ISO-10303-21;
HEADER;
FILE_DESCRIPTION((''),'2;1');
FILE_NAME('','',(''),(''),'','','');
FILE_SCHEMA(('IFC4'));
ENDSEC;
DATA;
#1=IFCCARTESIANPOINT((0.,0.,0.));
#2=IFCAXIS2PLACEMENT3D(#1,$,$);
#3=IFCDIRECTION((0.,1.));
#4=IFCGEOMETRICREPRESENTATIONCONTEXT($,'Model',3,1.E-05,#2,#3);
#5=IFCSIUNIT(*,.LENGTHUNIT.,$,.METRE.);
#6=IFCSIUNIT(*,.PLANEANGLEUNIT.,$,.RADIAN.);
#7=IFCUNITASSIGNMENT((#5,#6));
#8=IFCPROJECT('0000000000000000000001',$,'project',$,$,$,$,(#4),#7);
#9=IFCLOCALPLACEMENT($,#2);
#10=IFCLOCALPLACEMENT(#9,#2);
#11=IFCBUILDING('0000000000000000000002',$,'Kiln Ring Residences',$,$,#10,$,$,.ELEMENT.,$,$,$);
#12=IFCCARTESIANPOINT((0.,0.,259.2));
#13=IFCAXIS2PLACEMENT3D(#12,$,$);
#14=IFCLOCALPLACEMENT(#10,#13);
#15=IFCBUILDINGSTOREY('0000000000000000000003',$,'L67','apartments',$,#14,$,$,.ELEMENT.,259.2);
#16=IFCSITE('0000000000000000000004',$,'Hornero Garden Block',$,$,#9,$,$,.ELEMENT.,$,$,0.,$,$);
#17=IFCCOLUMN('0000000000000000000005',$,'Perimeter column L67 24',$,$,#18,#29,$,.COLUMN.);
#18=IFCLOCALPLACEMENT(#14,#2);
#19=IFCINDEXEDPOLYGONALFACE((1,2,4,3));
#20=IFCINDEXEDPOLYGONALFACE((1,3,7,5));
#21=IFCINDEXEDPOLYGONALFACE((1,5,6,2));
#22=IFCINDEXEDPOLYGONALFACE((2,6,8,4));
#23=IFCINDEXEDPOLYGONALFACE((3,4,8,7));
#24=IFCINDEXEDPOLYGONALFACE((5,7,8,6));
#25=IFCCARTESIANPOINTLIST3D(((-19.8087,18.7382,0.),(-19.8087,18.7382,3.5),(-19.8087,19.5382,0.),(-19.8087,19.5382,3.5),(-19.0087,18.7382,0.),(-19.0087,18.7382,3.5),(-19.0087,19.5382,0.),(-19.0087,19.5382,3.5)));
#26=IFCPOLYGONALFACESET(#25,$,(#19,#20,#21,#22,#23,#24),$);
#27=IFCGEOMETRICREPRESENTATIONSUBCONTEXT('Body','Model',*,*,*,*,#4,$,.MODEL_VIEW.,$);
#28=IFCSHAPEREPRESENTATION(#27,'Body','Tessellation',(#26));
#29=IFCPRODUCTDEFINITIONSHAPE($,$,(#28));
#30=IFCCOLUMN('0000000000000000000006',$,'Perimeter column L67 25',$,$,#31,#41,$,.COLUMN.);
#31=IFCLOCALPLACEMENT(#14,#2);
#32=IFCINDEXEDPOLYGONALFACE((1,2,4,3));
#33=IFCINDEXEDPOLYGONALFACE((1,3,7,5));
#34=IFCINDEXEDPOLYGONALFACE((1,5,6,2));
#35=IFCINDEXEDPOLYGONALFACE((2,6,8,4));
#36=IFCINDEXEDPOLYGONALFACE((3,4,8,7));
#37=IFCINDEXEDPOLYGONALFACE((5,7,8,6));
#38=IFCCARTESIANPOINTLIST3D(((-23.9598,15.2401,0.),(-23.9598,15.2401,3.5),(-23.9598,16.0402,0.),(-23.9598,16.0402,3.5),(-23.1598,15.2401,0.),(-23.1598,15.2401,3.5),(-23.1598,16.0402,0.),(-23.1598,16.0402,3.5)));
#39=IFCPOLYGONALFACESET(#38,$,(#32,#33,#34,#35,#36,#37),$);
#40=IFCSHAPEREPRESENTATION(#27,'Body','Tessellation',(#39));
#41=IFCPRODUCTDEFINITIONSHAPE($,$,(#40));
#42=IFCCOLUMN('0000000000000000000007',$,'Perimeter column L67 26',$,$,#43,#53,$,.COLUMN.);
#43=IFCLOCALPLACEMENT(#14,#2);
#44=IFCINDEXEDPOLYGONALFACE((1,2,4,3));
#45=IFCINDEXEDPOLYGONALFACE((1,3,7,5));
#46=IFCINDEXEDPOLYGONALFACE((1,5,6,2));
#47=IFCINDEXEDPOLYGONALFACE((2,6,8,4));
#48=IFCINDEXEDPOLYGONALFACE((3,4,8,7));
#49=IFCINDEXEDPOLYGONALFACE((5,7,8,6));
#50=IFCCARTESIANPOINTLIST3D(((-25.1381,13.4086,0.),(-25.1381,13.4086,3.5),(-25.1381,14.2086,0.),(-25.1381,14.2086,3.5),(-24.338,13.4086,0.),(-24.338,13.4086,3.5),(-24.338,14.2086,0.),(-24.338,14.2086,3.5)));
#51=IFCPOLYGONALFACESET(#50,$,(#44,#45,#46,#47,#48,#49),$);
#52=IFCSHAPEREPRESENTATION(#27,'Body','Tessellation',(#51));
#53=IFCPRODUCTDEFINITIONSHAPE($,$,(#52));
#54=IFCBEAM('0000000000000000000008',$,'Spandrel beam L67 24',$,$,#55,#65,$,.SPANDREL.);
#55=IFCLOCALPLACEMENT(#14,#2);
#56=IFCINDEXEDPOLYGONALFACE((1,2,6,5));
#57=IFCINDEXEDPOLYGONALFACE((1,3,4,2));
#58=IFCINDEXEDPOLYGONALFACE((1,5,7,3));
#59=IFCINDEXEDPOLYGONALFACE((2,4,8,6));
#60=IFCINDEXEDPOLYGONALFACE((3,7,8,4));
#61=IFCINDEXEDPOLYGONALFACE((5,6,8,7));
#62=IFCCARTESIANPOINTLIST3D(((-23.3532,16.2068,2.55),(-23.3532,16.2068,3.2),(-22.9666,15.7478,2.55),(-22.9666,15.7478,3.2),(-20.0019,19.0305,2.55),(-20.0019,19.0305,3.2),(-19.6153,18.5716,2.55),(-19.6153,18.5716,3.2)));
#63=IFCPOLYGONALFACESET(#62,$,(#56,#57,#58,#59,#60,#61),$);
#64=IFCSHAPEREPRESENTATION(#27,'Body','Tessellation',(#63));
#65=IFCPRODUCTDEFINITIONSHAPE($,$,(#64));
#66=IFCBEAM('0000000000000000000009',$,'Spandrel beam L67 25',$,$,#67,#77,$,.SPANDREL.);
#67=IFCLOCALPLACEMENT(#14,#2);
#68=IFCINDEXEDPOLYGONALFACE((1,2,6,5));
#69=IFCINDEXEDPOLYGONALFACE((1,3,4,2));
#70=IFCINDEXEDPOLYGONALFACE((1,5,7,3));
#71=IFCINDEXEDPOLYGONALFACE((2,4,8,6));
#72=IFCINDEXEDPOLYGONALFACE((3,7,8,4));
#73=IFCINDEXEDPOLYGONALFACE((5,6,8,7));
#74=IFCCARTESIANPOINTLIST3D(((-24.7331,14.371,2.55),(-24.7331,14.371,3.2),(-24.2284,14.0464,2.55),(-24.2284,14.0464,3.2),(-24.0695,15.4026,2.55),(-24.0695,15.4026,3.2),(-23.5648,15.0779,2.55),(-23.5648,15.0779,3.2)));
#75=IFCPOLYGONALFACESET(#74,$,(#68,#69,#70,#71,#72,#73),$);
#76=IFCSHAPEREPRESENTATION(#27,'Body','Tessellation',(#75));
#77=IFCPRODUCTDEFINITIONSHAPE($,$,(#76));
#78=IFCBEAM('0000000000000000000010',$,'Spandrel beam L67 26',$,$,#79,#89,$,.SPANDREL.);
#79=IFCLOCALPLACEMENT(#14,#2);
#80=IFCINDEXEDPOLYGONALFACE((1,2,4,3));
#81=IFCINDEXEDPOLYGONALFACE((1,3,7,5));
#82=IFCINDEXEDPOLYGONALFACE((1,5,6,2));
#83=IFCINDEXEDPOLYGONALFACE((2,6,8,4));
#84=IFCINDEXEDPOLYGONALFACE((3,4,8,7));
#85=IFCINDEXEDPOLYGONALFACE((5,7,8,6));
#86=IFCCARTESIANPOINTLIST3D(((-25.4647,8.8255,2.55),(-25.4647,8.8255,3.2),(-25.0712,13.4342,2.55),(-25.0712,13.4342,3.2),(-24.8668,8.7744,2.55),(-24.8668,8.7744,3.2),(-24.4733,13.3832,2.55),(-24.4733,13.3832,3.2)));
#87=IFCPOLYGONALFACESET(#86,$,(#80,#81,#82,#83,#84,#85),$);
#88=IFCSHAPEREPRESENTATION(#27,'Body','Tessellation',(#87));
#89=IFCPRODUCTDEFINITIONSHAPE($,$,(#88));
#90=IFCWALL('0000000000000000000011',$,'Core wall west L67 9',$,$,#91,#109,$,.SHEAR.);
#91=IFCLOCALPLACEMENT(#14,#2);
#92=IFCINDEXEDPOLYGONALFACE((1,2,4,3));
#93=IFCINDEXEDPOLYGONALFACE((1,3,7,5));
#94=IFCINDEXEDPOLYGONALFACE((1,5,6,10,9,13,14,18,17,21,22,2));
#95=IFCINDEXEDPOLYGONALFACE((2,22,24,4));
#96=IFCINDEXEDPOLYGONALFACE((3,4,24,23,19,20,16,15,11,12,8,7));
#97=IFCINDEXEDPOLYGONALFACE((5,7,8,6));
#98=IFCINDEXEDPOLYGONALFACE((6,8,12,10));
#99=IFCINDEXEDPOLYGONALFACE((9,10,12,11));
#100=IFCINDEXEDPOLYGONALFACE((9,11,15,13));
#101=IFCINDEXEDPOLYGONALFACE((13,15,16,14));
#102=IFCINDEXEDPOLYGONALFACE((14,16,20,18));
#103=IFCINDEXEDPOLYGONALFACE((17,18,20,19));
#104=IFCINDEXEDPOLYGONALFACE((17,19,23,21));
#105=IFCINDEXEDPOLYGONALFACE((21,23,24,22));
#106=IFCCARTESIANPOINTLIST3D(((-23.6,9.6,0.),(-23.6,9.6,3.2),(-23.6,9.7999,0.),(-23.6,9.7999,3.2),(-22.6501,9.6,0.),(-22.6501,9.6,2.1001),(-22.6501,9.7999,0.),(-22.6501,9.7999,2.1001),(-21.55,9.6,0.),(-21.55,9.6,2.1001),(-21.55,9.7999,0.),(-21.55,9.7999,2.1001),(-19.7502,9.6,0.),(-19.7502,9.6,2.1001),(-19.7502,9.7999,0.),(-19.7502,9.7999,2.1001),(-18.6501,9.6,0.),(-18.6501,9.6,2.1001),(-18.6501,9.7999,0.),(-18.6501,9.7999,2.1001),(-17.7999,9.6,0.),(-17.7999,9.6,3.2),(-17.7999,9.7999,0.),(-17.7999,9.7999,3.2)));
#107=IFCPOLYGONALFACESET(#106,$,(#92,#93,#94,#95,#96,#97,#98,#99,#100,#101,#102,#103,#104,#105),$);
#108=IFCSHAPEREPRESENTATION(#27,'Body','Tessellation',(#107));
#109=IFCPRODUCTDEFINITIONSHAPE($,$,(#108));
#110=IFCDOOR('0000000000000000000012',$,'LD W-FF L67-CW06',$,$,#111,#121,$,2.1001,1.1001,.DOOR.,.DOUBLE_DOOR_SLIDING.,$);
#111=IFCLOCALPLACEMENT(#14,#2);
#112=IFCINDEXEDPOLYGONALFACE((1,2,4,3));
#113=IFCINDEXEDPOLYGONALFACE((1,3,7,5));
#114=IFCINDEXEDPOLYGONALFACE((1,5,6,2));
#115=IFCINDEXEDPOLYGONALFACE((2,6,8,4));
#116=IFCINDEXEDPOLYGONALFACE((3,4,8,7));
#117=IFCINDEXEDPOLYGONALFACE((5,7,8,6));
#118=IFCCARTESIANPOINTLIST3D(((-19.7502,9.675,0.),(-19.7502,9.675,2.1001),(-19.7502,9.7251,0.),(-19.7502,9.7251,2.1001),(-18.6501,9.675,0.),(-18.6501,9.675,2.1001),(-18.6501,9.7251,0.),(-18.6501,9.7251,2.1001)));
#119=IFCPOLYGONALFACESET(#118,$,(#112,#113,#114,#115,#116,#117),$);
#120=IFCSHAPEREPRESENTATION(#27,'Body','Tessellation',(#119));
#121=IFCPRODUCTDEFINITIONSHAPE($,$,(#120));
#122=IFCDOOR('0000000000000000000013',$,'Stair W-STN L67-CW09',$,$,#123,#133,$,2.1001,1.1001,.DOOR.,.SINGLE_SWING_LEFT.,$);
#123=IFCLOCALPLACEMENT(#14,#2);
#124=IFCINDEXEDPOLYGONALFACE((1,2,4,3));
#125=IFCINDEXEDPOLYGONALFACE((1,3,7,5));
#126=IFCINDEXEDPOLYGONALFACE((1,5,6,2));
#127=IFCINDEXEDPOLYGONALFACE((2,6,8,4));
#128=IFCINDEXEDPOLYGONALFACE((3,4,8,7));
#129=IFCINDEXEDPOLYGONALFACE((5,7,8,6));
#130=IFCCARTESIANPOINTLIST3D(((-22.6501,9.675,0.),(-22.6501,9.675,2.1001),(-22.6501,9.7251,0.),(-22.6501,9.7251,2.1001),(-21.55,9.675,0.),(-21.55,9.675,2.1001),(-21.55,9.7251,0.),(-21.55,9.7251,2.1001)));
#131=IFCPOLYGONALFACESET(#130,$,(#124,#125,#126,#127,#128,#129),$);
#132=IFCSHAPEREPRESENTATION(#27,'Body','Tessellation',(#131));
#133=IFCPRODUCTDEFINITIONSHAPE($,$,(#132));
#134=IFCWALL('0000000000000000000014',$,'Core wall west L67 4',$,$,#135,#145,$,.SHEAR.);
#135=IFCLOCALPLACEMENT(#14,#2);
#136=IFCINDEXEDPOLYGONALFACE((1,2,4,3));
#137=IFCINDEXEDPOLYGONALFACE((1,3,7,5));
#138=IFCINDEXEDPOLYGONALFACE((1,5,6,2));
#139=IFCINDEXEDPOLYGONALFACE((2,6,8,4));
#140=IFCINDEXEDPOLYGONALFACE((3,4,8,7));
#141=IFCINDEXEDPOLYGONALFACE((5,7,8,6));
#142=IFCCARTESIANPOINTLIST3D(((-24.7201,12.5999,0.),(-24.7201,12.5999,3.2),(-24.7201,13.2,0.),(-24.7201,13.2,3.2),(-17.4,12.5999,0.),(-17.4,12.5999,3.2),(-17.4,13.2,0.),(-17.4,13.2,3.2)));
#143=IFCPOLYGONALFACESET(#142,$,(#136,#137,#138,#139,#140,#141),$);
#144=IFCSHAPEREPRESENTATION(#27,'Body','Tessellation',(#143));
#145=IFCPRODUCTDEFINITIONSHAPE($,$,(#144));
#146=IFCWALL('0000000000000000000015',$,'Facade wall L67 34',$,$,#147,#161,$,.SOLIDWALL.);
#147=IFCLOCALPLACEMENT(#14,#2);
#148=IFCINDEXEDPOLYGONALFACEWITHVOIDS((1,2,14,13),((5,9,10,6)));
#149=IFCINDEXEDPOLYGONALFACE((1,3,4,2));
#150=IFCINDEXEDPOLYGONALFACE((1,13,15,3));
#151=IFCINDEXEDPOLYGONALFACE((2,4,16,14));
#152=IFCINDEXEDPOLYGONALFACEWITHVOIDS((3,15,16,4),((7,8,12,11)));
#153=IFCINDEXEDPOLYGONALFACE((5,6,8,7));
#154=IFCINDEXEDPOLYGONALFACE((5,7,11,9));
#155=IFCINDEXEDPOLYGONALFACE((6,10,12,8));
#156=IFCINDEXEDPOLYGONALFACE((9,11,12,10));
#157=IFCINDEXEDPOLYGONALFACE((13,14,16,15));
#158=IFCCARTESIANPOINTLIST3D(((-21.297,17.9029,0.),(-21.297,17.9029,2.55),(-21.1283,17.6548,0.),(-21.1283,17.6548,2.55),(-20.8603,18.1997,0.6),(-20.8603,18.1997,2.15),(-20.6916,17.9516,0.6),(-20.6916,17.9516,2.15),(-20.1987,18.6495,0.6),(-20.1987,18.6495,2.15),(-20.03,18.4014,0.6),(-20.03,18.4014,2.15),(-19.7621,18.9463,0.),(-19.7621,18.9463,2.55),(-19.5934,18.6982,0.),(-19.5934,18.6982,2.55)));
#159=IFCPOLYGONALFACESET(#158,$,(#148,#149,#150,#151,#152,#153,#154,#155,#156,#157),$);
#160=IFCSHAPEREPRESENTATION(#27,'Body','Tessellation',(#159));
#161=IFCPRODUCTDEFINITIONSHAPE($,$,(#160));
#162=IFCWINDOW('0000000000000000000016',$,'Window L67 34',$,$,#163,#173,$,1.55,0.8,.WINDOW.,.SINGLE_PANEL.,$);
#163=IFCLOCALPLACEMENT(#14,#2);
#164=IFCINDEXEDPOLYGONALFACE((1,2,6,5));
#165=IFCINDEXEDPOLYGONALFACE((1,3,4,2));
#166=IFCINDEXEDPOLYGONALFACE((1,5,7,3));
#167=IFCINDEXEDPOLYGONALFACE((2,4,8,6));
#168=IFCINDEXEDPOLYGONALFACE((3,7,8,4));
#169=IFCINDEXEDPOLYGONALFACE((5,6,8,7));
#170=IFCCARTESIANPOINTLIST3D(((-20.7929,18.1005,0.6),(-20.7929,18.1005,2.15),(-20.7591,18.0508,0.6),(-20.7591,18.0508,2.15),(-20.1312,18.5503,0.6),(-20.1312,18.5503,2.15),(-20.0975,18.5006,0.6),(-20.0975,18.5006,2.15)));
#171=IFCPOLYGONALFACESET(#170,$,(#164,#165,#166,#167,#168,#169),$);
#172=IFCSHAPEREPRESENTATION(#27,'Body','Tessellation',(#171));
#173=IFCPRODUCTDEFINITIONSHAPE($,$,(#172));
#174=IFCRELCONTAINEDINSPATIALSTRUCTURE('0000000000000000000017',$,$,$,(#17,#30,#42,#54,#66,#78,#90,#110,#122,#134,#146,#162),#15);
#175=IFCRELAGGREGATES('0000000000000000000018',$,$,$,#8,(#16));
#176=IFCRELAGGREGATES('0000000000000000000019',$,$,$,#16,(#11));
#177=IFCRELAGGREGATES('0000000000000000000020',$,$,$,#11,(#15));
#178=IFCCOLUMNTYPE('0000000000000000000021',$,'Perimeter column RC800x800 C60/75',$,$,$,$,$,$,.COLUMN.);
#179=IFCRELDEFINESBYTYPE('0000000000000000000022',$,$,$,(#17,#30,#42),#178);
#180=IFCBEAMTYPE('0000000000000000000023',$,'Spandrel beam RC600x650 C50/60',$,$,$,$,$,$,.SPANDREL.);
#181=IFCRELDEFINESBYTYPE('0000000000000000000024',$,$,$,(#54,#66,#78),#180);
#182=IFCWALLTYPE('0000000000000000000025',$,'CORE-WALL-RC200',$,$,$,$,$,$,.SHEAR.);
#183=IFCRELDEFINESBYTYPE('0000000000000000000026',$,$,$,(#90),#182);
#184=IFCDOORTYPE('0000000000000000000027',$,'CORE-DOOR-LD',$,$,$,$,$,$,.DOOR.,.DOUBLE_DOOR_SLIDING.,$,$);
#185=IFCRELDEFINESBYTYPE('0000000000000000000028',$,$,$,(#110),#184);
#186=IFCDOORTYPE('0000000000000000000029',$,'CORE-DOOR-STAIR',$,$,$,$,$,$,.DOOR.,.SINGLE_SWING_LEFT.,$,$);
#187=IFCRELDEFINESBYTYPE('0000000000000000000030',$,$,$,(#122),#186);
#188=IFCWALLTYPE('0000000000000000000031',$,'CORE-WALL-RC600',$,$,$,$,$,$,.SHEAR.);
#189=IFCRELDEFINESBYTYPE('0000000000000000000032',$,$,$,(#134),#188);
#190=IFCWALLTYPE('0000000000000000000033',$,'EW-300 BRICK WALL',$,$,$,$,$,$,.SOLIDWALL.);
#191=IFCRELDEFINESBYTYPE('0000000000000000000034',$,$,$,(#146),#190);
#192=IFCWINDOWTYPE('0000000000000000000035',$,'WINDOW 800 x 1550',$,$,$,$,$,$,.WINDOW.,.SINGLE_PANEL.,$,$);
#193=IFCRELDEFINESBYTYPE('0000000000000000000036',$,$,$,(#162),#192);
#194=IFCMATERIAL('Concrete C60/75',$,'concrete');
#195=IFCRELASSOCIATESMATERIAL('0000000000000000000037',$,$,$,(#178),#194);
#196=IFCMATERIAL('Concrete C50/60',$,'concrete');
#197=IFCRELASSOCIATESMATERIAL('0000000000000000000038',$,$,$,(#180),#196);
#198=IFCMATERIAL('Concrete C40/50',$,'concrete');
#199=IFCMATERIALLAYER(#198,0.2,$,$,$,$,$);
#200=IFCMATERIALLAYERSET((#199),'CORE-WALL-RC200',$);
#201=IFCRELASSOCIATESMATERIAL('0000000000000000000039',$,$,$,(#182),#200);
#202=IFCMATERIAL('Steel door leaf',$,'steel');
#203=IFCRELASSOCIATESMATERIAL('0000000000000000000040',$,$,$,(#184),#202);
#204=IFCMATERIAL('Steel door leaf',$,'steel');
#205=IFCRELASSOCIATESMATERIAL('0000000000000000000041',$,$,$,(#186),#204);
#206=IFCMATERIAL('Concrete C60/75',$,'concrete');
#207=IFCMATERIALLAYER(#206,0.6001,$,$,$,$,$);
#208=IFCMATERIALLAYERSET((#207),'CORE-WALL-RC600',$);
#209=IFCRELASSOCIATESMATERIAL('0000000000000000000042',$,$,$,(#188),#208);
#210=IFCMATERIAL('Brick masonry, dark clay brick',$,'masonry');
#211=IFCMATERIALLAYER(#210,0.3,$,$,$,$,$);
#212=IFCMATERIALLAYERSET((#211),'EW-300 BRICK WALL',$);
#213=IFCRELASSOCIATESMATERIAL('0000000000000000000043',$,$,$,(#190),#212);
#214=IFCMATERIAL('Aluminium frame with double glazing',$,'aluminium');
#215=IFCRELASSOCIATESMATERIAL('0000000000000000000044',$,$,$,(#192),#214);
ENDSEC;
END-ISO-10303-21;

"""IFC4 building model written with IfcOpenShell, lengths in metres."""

from ifc_helpers import new_model, si_unit, direction, frame, frame_2d, origin, origin_2d, place, context, subcontext, project, spatial, rectangle, extrude, material, layer, layer_set, material_profile, profile_set, type_object, element, fill, save


model = new_model("IFC4")

# Units and contexts
model_context = context("Model", 3, precision=1e-05, world=origin(), true_north=direction((0.0, 1.0)))
body_context = subcontext(model_context, "Body", "Model", "MODEL_VIEW")
ifc_project = project(units=[si_unit("LENGTHUNIT", "METRE"), si_unit("PLANEANGLEUNIT", "RADIAN")], contexts=[model_context])

# Site, building, storey
site_placement = place(None, origin())
site = spatial("IfcSite", under=ifc_project, at=site_placement, Name="Hornero Garden Block", CompositionType="ELEMENT", RefElevation=0.0)
building_placement = place(site_placement, origin())
building = spatial("IfcBuilding", under=site, at=building_placement, Name="Kiln Ring Residences", CompositionType="ELEMENT")
storey_placement = place(building_placement, frame((0.0, 0.0, 259.2)))
storey = spatial("IfcBuildingStorey", under=building, at=storey_placement, Name="L67", Description="apartments", CompositionType="ELEMENT", Elevation=259.2)

# Columns
ifc_material_1 = material(Name="Concrete C60/75", Category="concrete")
ifc_material_profile_1 = material_profile(ifc_material_1, rectangle(XDim=0.8, YDim=0.8, at=origin_2d()), Name="RC800x800")
ifc_profile_set_1 = profile_set([ifc_material_profile_1], Name="Concrete C60/75")
column_type = type_object("IfcColumnType", Name="Perimeter column RC800x800 C60/75", PredefinedType="COLUMN", material=ifc_profile_set_1)
for number, where, z_axis, x_axis, name in (
    (1, (-19.4087, 19.1382, 0.0), (0.0, 0.0, 1.0), (1.0, 0.0, 0.0), "Perimeter column L67 24"),
    (2, (-23.5598, 15.6401, 0.0), (0.0, 0.0, 1.0), (1.0, 0.0, 0.0), "Perimeter column L67 25"),
    (3, (-24.738, 13.8086, 0.0), (0.0, 0.0, 1.0), (1.0, 0.0, 0.0), "Perimeter column L67 26"),
):
    element("IfcColumn", number, at=place(storey_placement, frame(where, z_axis=z_axis, x_axis=x_axis)), inside=storey, type_object=column_type, Name=name, PredefinedType="COLUMN", context=body_context, shape_type="SweptSolid", body=[
        extrude(rectangle(XDim=0.8, YDim=0.8, at=origin_2d()), origin(), (0.0, 0.0, 1.0), 3.5),
    ])

# Beams
ifc_material_2 = material(Name="Concrete C50/60", Category="concrete")
ifc_material_profile_2 = material_profile(ifc_material_2, rectangle(XDim=0.6001, YDim=0.6499, at=origin_2d()), Name="RC600x650")
ifc_profile_set_2 = profile_set([ifc_material_profile_2], Name="Concrete C50/60")
beam_type = type_object("IfcBeamType", Name="Spandrel beam RC600x650 C50/60", PredefinedType="SPANDREL", material=ifc_profile_set_2)
beam_1_placement = place(storey_placement, frame((-19.8086, 18.801, 2.875), z_axis=(-0.764735, -0.644345, 0.0), x_axis=(0.644345, -0.764735, 0.0)))
element("IfcBeam", 4, at=beam_1_placement, inside=storey, type_object=beam_type, Name="Spandrel beam L67 24", PredefinedType="SPANDREL", context=body_context, shape_type="SweptSolid", body=[
    extrude(rectangle(XDim=0.6001, YDim=0.6499, at=origin_2d()), origin(), (0.0, 0.0, 1.0), 4.3823),
])
beam_2_placement = place(storey_placement, frame((-23.8171, 15.2402, 2.875), z_axis=(-0.541029, -0.841004, 0.0), x_axis=(0.841004, -0.541029, 0.0)))
element("IfcBeam", 5, at=beam_2_placement, inside=storey, type_object=beam_type, Name="Spandrel beam L67 25", PredefinedType="SPANDREL", context=body_context, shape_type="SweptSolid", body=[
    extrude(rectangle(XDim=0.6001, YDim=0.6499, at=origin_2d()), origin(), (0.0, 0.0, 1.0), 1.2266),
])
beam_3_placement = place(storey_placement, frame((-24.7722, 13.4087, 2.875), z_axis=(-0.085085, -0.996374, 0.0), x_axis=(0.996374, -0.085085, 0.0)))
element("IfcBeam", 6, at=beam_3_placement, inside=storey, type_object=beam_type, Name="Spandrel beam L67 26", PredefinedType="SPANDREL", context=body_context, shape_type="SweptSolid", body=[
    extrude(rectangle(XDim=0.6001, YDim=0.6499, at=origin_2d()), origin(), (0.0, 0.0, 1.0), 4.6255),
])

# Wall, openings, doors
ifc_material_3 = material(Name="Concrete C40/50", Category="concrete")
ifc_layer_1 = layer(ifc_material_3, 0.2)
ifc_layer_set_1 = layer_set([ifc_layer_1], Name="CORE-WALL-RC200")
wall_type_1 = type_object("IfcWallType", Name="CORE-WALL-RC200", PredefinedType="SHEAR", material=ifc_layer_set_1)
wall_1_placement = place(storey_placement, frame((-17.8, 9.7, 0.0), z_axis=(0.0, 0.0, 1.0), x_axis=(-1.0, 0.0, 0.0)))
wall_1 = element("IfcWall", 7, at=wall_1_placement, inside=storey, type_object=wall_type_1, Name="Core wall west L67 9", PredefinedType="SHEAR", context=body_context, shape_type="SweptSolid", body=[
    extrude(rectangle(XDim=5.8, YDim=0.2, at=frame_2d((2.8999, 0.0))), origin(), (0.0, 0.0, 1.0), 3.2),
])
opening_1_placement = place(wall_1_placement, frame((0.8501, 0.0, 0.0)))
opening_1 = element("IfcOpeningElement", 8, at=opening_1_placement, cuts=wall_1, PredefinedType="OPENING", context=body_context, shape_type="SweptSolid", body=[
    extrude(rectangle(XDim=1.1001, YDim=2.1001, at=frame_2d((0.55, 1.05))), frame((0.0, 0.1099, 0.0), z_axis=(0.0, -1.0, 0.0), x_axis=(1.0, 0.0, 0.0)), (0.0, 0.0, 1.0), 0.22),
])
opening_2_placement = place(wall_1_placement, frame((3.75, 0.0, 0.0)))
opening_2 = element("IfcOpeningElement", 9, at=opening_2_placement, cuts=wall_1, PredefinedType="OPENING", context=body_context, shape_type="SweptSolid", body=[
    extrude(rectangle(XDim=1.1001, YDim=2.1001, at=frame_2d((0.55, 1.05))), frame((0.0, 0.1099, 0.0), z_axis=(0.0, -1.0, 0.0), x_axis=(1.0, 0.0, 0.0)), (0.0, 0.0, 1.0), 0.22),
])
ifc_material_4 = material(Name="Steel door leaf", Category="steel")
door_type_1 = type_object("IfcDoorType", Name="CORE-DOOR-LD", OperationType="DOUBLE_DOOR_SLIDING", PredefinedType="DOOR", material=ifc_material_4)
door_1_placement = place(opening_1_placement, origin())
door_1 = element("IfcDoor", 10, at=door_1_placement, inside=storey, type_object=door_type_1, Name="LD W-FF L67-CW06", OperationType="DOUBLE_DOOR_SLIDING", OverallHeight=2.1001, OverallWidth=1.1001, PredefinedType="DOOR", context=body_context, shape_type="SweptSolid", body=[
    extrude(rectangle(XDim=1.1001, YDim=2.1001, at=frame_2d((0.55, 1.05))), frame((0.0, 0.0249, 0.0), z_axis=(0.0, -1.0, 0.0), x_axis=(1.0, 0.0, 0.0)), (0.0, 0.0, 1.0), 0.05),
])
fill(opening_1, door_1)
ifc_material_5 = material(Name="Steel door leaf", Category="steel")
door_type_2 = type_object("IfcDoorType", Name="CORE-DOOR-STAIR", OperationType="SINGLE_SWING_LEFT", PredefinedType="DOOR", material=ifc_material_5)
door_2_placement = place(opening_2_placement, origin())
door_2 = element("IfcDoor", 11, at=door_2_placement, inside=storey, type_object=door_type_2, Name="Stair W-STN L67-CW09", OperationType="SINGLE_SWING_LEFT", OverallHeight=2.1001, OverallWidth=1.1001, PredefinedType="DOOR", context=body_context, shape_type="SweptSolid", body=[
    extrude(rectangle(XDim=1.1001, YDim=2.1001, at=frame_2d((0.55, 1.05))), frame((0.0, 0.0249, 0.0), z_axis=(0.0, -1.0, 0.0), x_axis=(1.0, 0.0, 0.0)), (0.0, 0.0, 1.0), 0.05),
])
fill(opening_2, door_2)

# Wall
ifc_material_6 = material(Name="Concrete C60/75", Category="concrete")
ifc_layer_2 = layer(ifc_material_6, 0.6001)
ifc_layer_set_2 = layer_set([ifc_layer_2], Name="CORE-WALL-RC600")
wall_type_2 = type_object("IfcWallType", Name="CORE-WALL-RC600", PredefinedType="SHEAR", material=ifc_layer_set_2)
wall_2_placement = place(storey_placement, frame((-17.3999, 12.8999, 0.0), z_axis=(0.0, 0.0, 1.0), x_axis=(-1.0, 0.0, 0.0)))
element("IfcWall", 12, at=wall_2_placement, inside=storey, type_object=wall_type_2, Name="Core wall west L67 4", PredefinedType="SHEAR", context=body_context, shape_type="SweptSolid", body=[
    extrude(rectangle(XDim=7.3201, YDim=0.6001, at=frame_2d((3.6602, 0.0))), origin(), (0.0, 0.0, 1.0), 3.2),
])

# Wall, opening, window
ifc_material_7 = material(Name="Brick masonry, dark clay brick", Category="masonry")
ifc_layer_3 = layer(ifc_material_7, 0.3)
ifc_layer_set_3 = layer_set([ifc_layer_3], Name="EW-300 BRICK WALL")
wall_type_3 = type_object("IfcWallType", Name="EW-300 BRICK WALL", PredefinedType="SOLIDWALL", material=ifc_layer_set_3)
wall_3_placement = place(storey_placement, frame((-19.6777, 18.8223, 0.0), z_axis=(0.0, 0.0, 1.0), x_axis=(-0.826997, -0.562206, 0.0)))
wall_3 = element("IfcWall", 13, at=wall_3_placement, inside=storey, type_object=wall_type_3, Name="Facade wall L67 34", PredefinedType="SOLIDWALL", context=body_context, shape_type="SweptSolid", body=[
    extrude(rectangle(XDim=1.856, YDim=0.3, at=frame_2d((0.928, 0.0))), origin(), (0.0, 0.0, 1.0), 2.55),
])
opening_3_placement = place(wall_3_placement, frame((0.5281, 0.0, 0.6001)))
opening_3 = element("IfcOpeningElement", 14, at=opening_3_placement, cuts=wall_3, PredefinedType="OPENING", context=body_context, shape_type="SweptSolid", body=[
    extrude(rectangle(XDim=0.8, YDim=1.55, at=frame_2d((0.3999, 0.7749))), frame((0.0, 0.1599, 0.0), z_axis=(0.0, -1.0, 0.0), x_axis=(1.0, 0.0, 0.0)), (0.0, 0.0, 1.0), 0.3201),
])
ifc_material_8 = material(Name="Aluminium frame with double glazing", Category="aluminium")
window_type_1 = type_object("IfcWindowType", Name="WINDOW 800 x 1550", PartitioningType="SINGLE_PANEL", PredefinedType="WINDOW", material=ifc_material_8)
window_1_placement = place(opening_3_placement, origin())
window_1 = element("IfcWindow", 15, at=window_1_placement, inside=storey, type_object=window_type_1, Name="Window L67 34", OverallHeight=1.55, OverallWidth=0.8, PartitioningType="SINGLE_PANEL", PredefinedType="WINDOW", context=body_context, shape_type="SweptSolid", body=[
    extrude(rectangle(XDim=0.8, YDim=1.55, at=frame_2d((0.3999, 0.7749))), frame((0.0, 0.03, 0.0), z_axis=(0.0, -1.0, 0.0), x_axis=(1.0, 0.0, 0.0)), (0.0, 0.0, 1.0), 0.0601),
])
fill(opening_3, window_1)

save(model, "model.ifc")
